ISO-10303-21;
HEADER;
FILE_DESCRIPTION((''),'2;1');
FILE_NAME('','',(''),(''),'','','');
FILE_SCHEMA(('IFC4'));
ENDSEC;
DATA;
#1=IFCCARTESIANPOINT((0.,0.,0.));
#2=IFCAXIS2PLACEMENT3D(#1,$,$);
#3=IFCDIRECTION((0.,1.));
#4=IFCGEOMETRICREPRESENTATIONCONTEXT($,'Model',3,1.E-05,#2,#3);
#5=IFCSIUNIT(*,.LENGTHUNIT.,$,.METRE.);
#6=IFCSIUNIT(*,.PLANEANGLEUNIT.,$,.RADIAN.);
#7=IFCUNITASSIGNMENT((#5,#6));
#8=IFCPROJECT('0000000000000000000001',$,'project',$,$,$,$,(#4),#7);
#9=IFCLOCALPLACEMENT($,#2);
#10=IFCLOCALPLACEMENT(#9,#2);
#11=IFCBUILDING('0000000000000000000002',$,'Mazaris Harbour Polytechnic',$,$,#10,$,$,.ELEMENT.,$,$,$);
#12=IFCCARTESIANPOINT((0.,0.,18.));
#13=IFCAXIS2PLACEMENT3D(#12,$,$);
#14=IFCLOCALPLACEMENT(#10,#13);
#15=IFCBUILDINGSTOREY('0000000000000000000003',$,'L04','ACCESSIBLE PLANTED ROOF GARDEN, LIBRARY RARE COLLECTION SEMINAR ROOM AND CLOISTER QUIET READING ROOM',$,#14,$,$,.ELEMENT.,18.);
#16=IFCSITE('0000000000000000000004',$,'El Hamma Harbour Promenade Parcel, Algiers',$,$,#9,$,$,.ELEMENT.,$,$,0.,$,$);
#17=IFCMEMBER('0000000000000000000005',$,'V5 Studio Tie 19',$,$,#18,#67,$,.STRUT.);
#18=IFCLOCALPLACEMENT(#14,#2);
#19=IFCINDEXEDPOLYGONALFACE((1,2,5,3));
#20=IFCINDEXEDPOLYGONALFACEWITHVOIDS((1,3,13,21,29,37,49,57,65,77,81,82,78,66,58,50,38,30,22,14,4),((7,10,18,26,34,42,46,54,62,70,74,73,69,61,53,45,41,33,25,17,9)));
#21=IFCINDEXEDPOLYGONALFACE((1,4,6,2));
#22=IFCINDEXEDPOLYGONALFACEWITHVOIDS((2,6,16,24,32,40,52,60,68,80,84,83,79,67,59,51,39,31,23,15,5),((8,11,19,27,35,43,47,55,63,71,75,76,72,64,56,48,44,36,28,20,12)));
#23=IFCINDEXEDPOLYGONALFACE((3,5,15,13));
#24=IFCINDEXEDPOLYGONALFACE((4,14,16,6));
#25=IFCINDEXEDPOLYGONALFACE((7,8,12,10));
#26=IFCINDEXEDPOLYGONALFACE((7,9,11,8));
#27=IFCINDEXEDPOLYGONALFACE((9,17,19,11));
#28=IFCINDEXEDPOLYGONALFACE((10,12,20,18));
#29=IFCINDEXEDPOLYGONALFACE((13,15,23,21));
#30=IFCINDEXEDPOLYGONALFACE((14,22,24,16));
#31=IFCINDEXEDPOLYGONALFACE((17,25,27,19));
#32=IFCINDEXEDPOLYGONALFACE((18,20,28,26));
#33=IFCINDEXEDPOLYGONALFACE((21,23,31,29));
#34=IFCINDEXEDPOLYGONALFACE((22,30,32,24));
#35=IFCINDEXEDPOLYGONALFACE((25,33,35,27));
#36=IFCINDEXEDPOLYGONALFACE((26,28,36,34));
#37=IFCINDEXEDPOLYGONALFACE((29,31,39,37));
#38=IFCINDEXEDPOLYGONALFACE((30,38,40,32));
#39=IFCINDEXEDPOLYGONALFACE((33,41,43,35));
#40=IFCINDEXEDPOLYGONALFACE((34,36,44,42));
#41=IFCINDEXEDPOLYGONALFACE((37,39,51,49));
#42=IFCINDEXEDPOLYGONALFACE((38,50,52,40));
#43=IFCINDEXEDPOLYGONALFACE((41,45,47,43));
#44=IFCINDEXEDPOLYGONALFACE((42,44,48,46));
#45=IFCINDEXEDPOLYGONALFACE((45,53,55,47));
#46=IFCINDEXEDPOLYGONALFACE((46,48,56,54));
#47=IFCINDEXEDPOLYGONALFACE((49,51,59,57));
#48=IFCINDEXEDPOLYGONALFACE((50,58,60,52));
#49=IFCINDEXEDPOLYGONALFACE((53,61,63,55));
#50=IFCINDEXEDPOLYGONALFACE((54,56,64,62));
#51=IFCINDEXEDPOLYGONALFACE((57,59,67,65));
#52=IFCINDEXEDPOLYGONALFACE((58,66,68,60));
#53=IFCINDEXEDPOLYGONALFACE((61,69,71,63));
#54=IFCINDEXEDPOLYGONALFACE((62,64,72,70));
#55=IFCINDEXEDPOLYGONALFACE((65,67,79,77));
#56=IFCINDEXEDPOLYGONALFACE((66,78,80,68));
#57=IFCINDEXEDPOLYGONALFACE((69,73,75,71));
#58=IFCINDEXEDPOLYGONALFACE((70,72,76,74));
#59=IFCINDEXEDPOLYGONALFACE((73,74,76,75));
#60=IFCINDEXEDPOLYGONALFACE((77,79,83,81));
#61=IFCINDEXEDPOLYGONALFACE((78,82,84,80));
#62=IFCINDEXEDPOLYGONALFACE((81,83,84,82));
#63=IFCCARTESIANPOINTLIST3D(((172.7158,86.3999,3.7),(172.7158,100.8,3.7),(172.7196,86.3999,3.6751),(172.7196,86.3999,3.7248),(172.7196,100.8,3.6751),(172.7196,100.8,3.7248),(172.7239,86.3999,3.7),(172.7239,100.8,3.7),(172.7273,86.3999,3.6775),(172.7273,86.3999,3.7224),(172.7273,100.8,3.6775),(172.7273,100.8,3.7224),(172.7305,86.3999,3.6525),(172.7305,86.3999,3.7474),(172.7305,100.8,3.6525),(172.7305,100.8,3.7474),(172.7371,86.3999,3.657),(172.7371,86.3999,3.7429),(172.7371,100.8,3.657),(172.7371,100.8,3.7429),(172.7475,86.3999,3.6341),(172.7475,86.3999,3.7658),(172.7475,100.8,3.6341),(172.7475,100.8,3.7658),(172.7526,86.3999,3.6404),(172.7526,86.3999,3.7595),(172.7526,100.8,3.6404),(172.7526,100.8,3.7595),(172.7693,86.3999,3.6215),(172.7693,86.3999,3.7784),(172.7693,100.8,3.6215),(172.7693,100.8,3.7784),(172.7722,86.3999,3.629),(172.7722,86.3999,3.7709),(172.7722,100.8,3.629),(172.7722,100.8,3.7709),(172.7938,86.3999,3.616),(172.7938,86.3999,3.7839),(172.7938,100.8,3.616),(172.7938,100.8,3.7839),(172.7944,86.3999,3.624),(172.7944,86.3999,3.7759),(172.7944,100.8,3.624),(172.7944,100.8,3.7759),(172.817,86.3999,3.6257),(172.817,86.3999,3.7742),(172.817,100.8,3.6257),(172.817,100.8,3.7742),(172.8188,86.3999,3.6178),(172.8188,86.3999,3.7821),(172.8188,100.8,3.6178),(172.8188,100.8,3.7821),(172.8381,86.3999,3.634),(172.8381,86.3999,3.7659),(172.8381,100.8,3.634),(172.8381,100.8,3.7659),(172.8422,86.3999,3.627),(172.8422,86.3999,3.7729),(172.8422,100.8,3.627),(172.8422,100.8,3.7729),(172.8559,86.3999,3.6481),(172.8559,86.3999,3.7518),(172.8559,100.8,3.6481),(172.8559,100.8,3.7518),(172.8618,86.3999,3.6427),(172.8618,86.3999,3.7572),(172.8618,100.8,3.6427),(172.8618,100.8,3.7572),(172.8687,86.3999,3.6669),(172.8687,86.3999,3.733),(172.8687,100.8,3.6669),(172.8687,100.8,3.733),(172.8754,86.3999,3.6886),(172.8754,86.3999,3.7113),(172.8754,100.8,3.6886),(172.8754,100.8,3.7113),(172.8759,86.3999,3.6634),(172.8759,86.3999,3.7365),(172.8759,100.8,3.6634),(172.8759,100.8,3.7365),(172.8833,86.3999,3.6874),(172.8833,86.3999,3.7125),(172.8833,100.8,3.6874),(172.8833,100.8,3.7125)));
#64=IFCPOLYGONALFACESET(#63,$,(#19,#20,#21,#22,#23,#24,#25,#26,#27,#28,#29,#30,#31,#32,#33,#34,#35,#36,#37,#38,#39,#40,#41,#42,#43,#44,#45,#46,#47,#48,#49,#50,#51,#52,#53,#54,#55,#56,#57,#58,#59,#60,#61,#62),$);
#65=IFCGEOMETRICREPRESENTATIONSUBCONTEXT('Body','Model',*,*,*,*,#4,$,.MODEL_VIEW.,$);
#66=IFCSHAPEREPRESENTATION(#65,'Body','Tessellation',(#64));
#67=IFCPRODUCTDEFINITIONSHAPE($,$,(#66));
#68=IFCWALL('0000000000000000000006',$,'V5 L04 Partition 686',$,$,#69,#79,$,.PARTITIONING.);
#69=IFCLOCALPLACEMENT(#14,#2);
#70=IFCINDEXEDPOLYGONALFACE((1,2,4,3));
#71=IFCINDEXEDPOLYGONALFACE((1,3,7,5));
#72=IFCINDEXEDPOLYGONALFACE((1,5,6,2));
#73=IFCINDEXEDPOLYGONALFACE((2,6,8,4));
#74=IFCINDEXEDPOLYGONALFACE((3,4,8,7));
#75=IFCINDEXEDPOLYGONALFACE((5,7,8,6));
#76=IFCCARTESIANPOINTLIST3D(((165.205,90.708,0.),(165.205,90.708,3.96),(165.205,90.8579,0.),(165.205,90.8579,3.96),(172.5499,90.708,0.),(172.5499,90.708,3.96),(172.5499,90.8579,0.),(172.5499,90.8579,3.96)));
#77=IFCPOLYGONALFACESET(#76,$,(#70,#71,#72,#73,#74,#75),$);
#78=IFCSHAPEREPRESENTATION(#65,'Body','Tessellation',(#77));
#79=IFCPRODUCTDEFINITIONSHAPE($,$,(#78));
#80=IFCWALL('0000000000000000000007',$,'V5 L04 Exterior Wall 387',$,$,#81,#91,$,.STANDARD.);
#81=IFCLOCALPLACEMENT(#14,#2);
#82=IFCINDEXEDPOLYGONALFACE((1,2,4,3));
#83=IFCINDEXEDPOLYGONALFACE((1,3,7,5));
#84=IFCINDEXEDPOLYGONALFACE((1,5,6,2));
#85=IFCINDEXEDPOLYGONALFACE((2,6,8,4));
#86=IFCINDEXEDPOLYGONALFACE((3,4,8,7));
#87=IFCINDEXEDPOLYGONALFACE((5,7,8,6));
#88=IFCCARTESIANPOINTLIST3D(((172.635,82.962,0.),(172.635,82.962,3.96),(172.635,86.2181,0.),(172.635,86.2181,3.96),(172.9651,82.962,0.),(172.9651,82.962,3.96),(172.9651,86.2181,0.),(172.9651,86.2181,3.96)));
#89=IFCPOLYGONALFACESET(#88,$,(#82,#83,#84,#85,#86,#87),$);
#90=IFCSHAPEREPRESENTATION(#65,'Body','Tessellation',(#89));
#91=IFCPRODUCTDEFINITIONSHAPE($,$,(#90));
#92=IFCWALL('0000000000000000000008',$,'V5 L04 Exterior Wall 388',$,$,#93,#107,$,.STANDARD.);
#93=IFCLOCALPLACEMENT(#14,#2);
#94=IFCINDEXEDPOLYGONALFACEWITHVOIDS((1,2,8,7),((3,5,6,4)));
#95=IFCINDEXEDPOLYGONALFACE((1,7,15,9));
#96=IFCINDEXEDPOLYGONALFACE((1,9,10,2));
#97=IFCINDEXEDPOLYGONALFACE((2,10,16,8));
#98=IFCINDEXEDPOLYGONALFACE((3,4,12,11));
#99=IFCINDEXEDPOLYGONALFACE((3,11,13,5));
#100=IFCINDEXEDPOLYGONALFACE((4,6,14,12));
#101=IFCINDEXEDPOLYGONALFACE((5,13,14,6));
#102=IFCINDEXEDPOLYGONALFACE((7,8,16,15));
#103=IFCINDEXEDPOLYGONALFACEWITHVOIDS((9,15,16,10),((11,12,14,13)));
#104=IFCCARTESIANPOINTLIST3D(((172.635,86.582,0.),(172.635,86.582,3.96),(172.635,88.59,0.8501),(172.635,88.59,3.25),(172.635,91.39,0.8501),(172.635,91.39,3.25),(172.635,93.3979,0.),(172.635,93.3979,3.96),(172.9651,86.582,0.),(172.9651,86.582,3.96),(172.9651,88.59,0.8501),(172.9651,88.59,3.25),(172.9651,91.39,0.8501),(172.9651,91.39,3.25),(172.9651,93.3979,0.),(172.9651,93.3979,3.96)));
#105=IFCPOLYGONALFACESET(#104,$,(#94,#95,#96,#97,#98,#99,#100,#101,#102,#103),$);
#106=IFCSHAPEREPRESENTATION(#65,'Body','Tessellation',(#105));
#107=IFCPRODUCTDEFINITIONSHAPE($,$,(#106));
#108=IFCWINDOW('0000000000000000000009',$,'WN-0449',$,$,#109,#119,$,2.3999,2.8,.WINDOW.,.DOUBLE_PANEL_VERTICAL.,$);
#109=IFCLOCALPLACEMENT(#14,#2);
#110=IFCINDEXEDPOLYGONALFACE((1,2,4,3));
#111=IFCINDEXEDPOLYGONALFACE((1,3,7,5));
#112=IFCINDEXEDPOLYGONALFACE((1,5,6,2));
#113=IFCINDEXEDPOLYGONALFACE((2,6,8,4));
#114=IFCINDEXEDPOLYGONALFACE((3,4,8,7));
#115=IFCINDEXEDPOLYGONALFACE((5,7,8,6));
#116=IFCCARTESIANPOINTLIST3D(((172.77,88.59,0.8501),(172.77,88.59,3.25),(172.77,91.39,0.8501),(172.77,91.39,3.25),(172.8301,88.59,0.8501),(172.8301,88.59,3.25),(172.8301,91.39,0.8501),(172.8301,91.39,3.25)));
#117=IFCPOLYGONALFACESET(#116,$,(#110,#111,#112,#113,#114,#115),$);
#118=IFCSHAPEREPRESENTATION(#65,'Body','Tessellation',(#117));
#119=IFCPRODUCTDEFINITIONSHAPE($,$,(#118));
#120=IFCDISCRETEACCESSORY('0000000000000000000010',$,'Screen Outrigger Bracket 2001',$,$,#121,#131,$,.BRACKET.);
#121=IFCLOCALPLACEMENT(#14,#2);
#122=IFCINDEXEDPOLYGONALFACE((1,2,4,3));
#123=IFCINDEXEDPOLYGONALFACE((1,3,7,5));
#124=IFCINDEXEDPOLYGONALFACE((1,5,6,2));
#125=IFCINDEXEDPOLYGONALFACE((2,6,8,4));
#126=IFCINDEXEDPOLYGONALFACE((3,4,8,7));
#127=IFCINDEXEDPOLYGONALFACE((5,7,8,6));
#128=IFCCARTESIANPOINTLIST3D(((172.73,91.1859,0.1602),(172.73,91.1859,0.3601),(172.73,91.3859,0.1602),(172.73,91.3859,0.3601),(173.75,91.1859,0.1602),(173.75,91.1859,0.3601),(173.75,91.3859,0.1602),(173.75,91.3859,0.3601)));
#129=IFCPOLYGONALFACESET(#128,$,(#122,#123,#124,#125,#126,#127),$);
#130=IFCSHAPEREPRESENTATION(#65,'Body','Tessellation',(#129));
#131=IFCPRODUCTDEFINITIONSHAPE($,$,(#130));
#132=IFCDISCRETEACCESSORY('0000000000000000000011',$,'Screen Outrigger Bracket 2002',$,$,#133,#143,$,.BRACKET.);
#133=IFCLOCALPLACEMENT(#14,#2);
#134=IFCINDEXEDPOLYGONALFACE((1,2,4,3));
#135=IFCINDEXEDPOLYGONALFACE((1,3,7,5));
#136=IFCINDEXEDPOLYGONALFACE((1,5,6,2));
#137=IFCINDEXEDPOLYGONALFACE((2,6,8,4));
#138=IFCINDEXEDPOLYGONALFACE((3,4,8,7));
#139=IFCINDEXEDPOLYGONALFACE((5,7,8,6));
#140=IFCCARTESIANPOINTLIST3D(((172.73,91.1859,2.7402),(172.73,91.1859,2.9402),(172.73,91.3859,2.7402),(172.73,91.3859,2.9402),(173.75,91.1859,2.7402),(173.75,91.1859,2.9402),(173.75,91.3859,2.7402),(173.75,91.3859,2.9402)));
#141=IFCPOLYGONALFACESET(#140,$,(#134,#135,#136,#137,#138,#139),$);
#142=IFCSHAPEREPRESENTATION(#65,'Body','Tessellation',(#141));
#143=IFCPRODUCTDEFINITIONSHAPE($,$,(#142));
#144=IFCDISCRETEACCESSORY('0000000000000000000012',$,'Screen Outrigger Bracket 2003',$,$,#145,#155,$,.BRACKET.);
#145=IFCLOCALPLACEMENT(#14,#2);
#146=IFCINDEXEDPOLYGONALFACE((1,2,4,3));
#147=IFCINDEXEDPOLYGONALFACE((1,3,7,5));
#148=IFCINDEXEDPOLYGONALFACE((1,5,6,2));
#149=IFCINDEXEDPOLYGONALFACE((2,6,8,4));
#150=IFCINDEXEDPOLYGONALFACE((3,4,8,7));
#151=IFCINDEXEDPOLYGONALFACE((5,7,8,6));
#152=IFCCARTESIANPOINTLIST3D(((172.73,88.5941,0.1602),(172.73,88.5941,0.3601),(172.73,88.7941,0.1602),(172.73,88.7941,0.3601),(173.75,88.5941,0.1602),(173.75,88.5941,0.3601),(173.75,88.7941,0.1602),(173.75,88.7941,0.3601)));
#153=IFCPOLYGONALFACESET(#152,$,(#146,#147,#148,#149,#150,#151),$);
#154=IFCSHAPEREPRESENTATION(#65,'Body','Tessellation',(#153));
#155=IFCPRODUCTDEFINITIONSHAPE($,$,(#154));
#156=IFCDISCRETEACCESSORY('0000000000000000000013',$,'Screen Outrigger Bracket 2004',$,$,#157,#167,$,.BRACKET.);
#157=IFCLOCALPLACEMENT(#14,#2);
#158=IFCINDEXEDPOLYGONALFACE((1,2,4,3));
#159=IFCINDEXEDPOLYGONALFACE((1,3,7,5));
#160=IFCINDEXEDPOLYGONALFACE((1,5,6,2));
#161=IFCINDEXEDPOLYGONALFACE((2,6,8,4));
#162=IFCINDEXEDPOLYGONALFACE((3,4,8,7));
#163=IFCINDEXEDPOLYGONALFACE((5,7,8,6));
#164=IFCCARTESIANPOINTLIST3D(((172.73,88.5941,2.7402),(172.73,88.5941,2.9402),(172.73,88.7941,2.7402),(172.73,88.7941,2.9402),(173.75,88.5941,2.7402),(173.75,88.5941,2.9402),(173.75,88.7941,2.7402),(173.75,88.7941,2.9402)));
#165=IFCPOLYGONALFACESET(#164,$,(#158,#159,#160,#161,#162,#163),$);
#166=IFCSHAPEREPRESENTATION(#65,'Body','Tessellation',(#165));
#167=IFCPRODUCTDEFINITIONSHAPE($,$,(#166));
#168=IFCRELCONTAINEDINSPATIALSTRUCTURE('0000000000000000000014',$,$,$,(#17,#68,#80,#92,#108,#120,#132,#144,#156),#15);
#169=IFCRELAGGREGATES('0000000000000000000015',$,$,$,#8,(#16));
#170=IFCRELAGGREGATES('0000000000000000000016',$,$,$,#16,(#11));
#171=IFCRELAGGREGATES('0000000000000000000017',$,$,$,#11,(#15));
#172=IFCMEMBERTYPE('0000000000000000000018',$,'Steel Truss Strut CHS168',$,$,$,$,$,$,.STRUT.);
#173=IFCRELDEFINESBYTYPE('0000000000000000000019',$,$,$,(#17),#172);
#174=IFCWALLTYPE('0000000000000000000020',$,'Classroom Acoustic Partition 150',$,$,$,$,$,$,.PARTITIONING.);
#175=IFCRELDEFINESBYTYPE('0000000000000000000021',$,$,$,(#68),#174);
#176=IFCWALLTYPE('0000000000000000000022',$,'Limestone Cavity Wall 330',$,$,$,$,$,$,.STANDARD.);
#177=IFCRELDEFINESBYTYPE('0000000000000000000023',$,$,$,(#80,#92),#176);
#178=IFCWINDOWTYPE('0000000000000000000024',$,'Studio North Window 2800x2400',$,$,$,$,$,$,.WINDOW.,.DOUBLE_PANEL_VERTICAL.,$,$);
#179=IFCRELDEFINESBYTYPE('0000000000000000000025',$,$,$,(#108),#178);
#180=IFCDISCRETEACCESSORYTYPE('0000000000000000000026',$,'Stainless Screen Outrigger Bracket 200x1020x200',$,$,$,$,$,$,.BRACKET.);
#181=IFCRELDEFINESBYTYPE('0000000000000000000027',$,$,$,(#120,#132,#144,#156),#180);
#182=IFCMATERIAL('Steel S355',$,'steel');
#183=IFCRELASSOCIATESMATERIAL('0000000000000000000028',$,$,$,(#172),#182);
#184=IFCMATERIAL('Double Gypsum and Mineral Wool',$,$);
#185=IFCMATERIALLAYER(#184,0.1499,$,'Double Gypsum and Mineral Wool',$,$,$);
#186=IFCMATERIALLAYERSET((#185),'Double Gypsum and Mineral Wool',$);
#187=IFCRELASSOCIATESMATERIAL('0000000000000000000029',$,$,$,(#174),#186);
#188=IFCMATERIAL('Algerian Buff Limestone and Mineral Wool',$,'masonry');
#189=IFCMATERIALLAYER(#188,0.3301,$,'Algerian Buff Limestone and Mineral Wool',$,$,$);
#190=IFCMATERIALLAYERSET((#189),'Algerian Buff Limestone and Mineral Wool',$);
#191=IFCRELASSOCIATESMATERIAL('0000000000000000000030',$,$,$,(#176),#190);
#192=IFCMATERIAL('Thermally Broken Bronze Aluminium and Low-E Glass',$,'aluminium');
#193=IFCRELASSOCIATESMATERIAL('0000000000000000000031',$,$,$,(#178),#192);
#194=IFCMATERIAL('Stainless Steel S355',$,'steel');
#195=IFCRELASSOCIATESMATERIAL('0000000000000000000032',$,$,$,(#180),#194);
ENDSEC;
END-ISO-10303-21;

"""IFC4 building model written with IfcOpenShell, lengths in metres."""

from ifc_helpers import new_model, si_unit, direction, frame, frame_2d, origin, origin_2d, place, context, subcontext, project, spatial, rectangle, hollow_circle, extrude, material, layer, layer_set, material_profile, profile_set, type_object, element, fill, save


model = new_model("IFC4")

# Units and contexts
model_context = context("Model", 3, precision=1e-05, world=origin(), true_north=direction((0.0, 1.0)))
body_context = subcontext(model_context, "Body", "Model", "MODEL_VIEW")
ifc_project = project(units=[si_unit("LENGTHUNIT", "METRE"), si_unit("PLANEANGLEUNIT", "RADIAN")], contexts=[model_context])

# Site, building, storey
site_placement = place(None, origin())
site = spatial("IfcSite", under=ifc_project, at=site_placement, Name="El Hamma Harbour Promenade Parcel, Algiers", CompositionType="ELEMENT", RefElevation=0.0)
building_placement = place(site_placement, origin())
building = spatial("IfcBuilding", under=site, at=building_placement, Name="Mazaris Harbour Polytechnic", CompositionType="ELEMENT")
storey_placement = place(building_placement, frame((0.0, 0.0, 18.0)))
storey = spatial("IfcBuildingStorey", under=building, at=storey_placement, Name="L04", Description="ACCESSIBLE PLANTED ROOF GARDEN, LIBRARY RARE COLLECTION SEMINAR ROOM AND CLOISTER QUIET READING ROOM", CompositionType="ELEMENT", Elevation=18.0)

# Member
ifc_material_1 = material(Name="Steel S355", Category="steel")
ifc_material_profile_1 = material_profile(ifc_material_1, hollow_circle(Radius=0.0842, WallThickness=0.0081, at=origin_2d()), Name="CHS 168.3x8.0")
ifc_profile_set_1 = profile_set([ifc_material_profile_1], Name="Steel S355")
member_type_1 = type_object("IfcMemberType", Name="Steel Truss Strut CHS168", PredefinedType="STRUT", material=ifc_profile_set_1)
for number, where, z_axis, x_axis, name in (
    (1, (172.8, 86.3999, 3.7), (0.0, 1.0, 0.0), (-1.0, 0.0, 0.0), "V5 Studio Tie 19"),
):
    element("IfcMember", number, at=place(storey_placement, frame(where, z_axis=z_axis, x_axis=x_axis)), inside=storey, type_object=member_type_1, Name=name, PredefinedType="STRUT", context=body_context, shape_type="SweptSolid", body=[
        extrude(hollow_circle(Radius=0.0842, WallThickness=0.0081, at=origin_2d()), origin(), (0.0, 0.0, 1.0), 14.4001),
    ])

# Walls
ifc_material_2 = material(Name="Double Gypsum and Mineral Wool")
ifc_layer_1 = layer(ifc_material_2, 0.1499, Name="Double Gypsum and Mineral Wool")
ifc_layer_set_1 = layer_set([ifc_layer_1], Name="Double Gypsum and Mineral Wool")
wall_type_1 = type_object("IfcWallType", Name="Classroom Acoustic Partition 150", PredefinedType="PARTITIONING", material=ifc_layer_set_1)
wall_1_placement = place(storey_placement, frame((165.2051, 90.783, 0.0), z_axis=(0.0, 0.0, 1.0), x_axis=(1.0, 0.0, 0.0)))
element("IfcWall", 2, at=wall_1_placement, inside=storey, type_object=wall_type_1, Name="V5 L04 Partition 686", PredefinedType="PARTITIONING", context=body_context, shape_type="SweptSolid", body=[
    extrude(rectangle(XDim=7.345, YDim=0.1499, at=frame_2d((3.6724, 0.0))), origin(), (0.0, 0.0, 1.0), 3.96),
])
ifc_material_3 = material(Name="Algerian Buff Limestone and Mineral Wool", Category="masonry")
ifc_layer_2 = layer(ifc_material_3, 0.3301, Name="Algerian Buff Limestone and Mineral Wool")
ifc_layer_set_2 = layer_set([ifc_layer_2], Name="Algerian Buff Limestone and Mineral Wool")
wall_type_2 = type_object("IfcWallType", Name="Limestone Cavity Wall 330", PredefinedType="STANDARD", material=ifc_layer_set_2)
wall_2_placement = place(storey_placement, frame((172.8, 86.218, 0.0), z_axis=(0.0, 0.0, 1.0), x_axis=(0.0, -1.0, 0.0)))
element("IfcWall", 3, at=wall_2_placement, inside=storey, type_object=wall_type_2, Name="V5 L04 Exterior Wall 387", PredefinedType="STANDARD", context=body_context, shape_type="SweptSolid", body=[
    extrude(rectangle(XDim=3.2561, YDim=0.3301, at=frame_2d((1.6279, 0.0))), origin(), (0.0, 0.0, 1.0), 3.96),
])

# Wall, opening, window
wall_3_placement = place(storey_placement, frame((172.8, 93.3979, 0.0), z_axis=(0.0, 0.0, 1.0), x_axis=(0.0, -1.0, 0.0)))
wall_3 = element("IfcWall", 4, at=wall_3_placement, inside=storey, type_object=wall_type_2, Name="V5 L04 Exterior Wall 388", PredefinedType="STANDARD", context=body_context, shape_type="SweptSolid", body=[
    extrude(rectangle(XDim=6.8159, YDim=0.3301, at=frame_2d((3.408, 0.0))), origin(), (0.0, 0.0, 1.0), 3.96),
])
opening_placement = place(wall_3_placement, frame((2.0081, 0.0, 0.8501)))
opening = element("IfcOpeningElement", 5, at=opening_placement, cuts=wall_3, PredefinedType="OPENING", context=body_context, shape_type="SweptSolid", body=[
    extrude(rectangle(XDim=2.8, YDim=2.3999, at=frame_2d((1.3999, 1.2))), frame((0.0, 0.175, 0.0), z_axis=(0.0, -1.0, 0.0), x_axis=(1.0, 0.0, 0.0)), (0.0, 0.0, 1.0), 0.3501),
])
ifc_material_4 = material(Name="Thermally Broken Bronze Aluminium and Low-E Glass", Category="aluminium")
window_type = type_object("IfcWindowType", Name="Studio North Window 2800x2400", PartitioningType="DOUBLE_PANEL_VERTICAL", PredefinedType="WINDOW", material=ifc_material_4)
window_placement = place(opening_placement, origin())
window = element("IfcWindow", 6, at=window_placement, inside=storey, type_object=window_type, Name="WN-0449", OverallHeight=2.3999, OverallWidth=2.8, PartitioningType="DOUBLE_PANEL_VERTICAL", PredefinedType="WINDOW", context=body_context, shape_type="SweptSolid", body=[
    extrude(rectangle(XDim=2.8, YDim=2.3999, at=frame_2d((1.3999, 1.2))), frame((0.0, 0.03, 0.0), z_axis=(0.0, -1.0, 0.0), x_axis=(1.0, 0.0, 0.0)), (0.0, 0.0, 1.0), 0.0601),
])
fill(opening, window)

# Discrete accessories
ifc_material_5 = material(Name="Stainless Steel S355", Category="steel")
discrete_accessory_type = type_object("IfcDiscreteAccessoryType", Name="Stainless Screen Outrigger Bracket 200x1020x200", PredefinedType="BRACKET", material=ifc_material_5)
for number, where, z_axis, x_axis, name in (
    (7, (173.24, 91.2859, 0.1602), (0.0, 0.0, 1.0), (0.0, -1.0, 0.0), "Screen Outrigger Bracket 2001"),
    (8, (173.24, 91.2859, 2.7402), (0.0, 0.0, 1.0), (0.0, -1.0, 0.0), "Screen Outrigger Bracket 2002"),
    (9, (173.24, 88.6941, 0.1602), (0.0, 0.0, 1.0), (0.0, -1.0, 0.0), "Screen Outrigger Bracket 2003"),
    (10, (173.24, 88.6941, 2.7402), (0.0, 0.0, 1.0), (0.0, -1.0, 0.0), "Screen Outrigger Bracket 2004"),
):
    element("IfcDiscreteAccessory", number, at=place(storey_placement, frame(where, z_axis=z_axis, x_axis=x_axis)), inside=storey, type_object=discrete_accessory_type, Name=name, PredefinedType="BRACKET", context=body_context, shape_type="SweptSolid", body=[
        extrude(rectangle(XDim=0.2, YDim=1.02, at=origin_2d()), origin(), (0.0, 0.0, 1.0), 0.2),
    ])

save(model, "model.ifc")
